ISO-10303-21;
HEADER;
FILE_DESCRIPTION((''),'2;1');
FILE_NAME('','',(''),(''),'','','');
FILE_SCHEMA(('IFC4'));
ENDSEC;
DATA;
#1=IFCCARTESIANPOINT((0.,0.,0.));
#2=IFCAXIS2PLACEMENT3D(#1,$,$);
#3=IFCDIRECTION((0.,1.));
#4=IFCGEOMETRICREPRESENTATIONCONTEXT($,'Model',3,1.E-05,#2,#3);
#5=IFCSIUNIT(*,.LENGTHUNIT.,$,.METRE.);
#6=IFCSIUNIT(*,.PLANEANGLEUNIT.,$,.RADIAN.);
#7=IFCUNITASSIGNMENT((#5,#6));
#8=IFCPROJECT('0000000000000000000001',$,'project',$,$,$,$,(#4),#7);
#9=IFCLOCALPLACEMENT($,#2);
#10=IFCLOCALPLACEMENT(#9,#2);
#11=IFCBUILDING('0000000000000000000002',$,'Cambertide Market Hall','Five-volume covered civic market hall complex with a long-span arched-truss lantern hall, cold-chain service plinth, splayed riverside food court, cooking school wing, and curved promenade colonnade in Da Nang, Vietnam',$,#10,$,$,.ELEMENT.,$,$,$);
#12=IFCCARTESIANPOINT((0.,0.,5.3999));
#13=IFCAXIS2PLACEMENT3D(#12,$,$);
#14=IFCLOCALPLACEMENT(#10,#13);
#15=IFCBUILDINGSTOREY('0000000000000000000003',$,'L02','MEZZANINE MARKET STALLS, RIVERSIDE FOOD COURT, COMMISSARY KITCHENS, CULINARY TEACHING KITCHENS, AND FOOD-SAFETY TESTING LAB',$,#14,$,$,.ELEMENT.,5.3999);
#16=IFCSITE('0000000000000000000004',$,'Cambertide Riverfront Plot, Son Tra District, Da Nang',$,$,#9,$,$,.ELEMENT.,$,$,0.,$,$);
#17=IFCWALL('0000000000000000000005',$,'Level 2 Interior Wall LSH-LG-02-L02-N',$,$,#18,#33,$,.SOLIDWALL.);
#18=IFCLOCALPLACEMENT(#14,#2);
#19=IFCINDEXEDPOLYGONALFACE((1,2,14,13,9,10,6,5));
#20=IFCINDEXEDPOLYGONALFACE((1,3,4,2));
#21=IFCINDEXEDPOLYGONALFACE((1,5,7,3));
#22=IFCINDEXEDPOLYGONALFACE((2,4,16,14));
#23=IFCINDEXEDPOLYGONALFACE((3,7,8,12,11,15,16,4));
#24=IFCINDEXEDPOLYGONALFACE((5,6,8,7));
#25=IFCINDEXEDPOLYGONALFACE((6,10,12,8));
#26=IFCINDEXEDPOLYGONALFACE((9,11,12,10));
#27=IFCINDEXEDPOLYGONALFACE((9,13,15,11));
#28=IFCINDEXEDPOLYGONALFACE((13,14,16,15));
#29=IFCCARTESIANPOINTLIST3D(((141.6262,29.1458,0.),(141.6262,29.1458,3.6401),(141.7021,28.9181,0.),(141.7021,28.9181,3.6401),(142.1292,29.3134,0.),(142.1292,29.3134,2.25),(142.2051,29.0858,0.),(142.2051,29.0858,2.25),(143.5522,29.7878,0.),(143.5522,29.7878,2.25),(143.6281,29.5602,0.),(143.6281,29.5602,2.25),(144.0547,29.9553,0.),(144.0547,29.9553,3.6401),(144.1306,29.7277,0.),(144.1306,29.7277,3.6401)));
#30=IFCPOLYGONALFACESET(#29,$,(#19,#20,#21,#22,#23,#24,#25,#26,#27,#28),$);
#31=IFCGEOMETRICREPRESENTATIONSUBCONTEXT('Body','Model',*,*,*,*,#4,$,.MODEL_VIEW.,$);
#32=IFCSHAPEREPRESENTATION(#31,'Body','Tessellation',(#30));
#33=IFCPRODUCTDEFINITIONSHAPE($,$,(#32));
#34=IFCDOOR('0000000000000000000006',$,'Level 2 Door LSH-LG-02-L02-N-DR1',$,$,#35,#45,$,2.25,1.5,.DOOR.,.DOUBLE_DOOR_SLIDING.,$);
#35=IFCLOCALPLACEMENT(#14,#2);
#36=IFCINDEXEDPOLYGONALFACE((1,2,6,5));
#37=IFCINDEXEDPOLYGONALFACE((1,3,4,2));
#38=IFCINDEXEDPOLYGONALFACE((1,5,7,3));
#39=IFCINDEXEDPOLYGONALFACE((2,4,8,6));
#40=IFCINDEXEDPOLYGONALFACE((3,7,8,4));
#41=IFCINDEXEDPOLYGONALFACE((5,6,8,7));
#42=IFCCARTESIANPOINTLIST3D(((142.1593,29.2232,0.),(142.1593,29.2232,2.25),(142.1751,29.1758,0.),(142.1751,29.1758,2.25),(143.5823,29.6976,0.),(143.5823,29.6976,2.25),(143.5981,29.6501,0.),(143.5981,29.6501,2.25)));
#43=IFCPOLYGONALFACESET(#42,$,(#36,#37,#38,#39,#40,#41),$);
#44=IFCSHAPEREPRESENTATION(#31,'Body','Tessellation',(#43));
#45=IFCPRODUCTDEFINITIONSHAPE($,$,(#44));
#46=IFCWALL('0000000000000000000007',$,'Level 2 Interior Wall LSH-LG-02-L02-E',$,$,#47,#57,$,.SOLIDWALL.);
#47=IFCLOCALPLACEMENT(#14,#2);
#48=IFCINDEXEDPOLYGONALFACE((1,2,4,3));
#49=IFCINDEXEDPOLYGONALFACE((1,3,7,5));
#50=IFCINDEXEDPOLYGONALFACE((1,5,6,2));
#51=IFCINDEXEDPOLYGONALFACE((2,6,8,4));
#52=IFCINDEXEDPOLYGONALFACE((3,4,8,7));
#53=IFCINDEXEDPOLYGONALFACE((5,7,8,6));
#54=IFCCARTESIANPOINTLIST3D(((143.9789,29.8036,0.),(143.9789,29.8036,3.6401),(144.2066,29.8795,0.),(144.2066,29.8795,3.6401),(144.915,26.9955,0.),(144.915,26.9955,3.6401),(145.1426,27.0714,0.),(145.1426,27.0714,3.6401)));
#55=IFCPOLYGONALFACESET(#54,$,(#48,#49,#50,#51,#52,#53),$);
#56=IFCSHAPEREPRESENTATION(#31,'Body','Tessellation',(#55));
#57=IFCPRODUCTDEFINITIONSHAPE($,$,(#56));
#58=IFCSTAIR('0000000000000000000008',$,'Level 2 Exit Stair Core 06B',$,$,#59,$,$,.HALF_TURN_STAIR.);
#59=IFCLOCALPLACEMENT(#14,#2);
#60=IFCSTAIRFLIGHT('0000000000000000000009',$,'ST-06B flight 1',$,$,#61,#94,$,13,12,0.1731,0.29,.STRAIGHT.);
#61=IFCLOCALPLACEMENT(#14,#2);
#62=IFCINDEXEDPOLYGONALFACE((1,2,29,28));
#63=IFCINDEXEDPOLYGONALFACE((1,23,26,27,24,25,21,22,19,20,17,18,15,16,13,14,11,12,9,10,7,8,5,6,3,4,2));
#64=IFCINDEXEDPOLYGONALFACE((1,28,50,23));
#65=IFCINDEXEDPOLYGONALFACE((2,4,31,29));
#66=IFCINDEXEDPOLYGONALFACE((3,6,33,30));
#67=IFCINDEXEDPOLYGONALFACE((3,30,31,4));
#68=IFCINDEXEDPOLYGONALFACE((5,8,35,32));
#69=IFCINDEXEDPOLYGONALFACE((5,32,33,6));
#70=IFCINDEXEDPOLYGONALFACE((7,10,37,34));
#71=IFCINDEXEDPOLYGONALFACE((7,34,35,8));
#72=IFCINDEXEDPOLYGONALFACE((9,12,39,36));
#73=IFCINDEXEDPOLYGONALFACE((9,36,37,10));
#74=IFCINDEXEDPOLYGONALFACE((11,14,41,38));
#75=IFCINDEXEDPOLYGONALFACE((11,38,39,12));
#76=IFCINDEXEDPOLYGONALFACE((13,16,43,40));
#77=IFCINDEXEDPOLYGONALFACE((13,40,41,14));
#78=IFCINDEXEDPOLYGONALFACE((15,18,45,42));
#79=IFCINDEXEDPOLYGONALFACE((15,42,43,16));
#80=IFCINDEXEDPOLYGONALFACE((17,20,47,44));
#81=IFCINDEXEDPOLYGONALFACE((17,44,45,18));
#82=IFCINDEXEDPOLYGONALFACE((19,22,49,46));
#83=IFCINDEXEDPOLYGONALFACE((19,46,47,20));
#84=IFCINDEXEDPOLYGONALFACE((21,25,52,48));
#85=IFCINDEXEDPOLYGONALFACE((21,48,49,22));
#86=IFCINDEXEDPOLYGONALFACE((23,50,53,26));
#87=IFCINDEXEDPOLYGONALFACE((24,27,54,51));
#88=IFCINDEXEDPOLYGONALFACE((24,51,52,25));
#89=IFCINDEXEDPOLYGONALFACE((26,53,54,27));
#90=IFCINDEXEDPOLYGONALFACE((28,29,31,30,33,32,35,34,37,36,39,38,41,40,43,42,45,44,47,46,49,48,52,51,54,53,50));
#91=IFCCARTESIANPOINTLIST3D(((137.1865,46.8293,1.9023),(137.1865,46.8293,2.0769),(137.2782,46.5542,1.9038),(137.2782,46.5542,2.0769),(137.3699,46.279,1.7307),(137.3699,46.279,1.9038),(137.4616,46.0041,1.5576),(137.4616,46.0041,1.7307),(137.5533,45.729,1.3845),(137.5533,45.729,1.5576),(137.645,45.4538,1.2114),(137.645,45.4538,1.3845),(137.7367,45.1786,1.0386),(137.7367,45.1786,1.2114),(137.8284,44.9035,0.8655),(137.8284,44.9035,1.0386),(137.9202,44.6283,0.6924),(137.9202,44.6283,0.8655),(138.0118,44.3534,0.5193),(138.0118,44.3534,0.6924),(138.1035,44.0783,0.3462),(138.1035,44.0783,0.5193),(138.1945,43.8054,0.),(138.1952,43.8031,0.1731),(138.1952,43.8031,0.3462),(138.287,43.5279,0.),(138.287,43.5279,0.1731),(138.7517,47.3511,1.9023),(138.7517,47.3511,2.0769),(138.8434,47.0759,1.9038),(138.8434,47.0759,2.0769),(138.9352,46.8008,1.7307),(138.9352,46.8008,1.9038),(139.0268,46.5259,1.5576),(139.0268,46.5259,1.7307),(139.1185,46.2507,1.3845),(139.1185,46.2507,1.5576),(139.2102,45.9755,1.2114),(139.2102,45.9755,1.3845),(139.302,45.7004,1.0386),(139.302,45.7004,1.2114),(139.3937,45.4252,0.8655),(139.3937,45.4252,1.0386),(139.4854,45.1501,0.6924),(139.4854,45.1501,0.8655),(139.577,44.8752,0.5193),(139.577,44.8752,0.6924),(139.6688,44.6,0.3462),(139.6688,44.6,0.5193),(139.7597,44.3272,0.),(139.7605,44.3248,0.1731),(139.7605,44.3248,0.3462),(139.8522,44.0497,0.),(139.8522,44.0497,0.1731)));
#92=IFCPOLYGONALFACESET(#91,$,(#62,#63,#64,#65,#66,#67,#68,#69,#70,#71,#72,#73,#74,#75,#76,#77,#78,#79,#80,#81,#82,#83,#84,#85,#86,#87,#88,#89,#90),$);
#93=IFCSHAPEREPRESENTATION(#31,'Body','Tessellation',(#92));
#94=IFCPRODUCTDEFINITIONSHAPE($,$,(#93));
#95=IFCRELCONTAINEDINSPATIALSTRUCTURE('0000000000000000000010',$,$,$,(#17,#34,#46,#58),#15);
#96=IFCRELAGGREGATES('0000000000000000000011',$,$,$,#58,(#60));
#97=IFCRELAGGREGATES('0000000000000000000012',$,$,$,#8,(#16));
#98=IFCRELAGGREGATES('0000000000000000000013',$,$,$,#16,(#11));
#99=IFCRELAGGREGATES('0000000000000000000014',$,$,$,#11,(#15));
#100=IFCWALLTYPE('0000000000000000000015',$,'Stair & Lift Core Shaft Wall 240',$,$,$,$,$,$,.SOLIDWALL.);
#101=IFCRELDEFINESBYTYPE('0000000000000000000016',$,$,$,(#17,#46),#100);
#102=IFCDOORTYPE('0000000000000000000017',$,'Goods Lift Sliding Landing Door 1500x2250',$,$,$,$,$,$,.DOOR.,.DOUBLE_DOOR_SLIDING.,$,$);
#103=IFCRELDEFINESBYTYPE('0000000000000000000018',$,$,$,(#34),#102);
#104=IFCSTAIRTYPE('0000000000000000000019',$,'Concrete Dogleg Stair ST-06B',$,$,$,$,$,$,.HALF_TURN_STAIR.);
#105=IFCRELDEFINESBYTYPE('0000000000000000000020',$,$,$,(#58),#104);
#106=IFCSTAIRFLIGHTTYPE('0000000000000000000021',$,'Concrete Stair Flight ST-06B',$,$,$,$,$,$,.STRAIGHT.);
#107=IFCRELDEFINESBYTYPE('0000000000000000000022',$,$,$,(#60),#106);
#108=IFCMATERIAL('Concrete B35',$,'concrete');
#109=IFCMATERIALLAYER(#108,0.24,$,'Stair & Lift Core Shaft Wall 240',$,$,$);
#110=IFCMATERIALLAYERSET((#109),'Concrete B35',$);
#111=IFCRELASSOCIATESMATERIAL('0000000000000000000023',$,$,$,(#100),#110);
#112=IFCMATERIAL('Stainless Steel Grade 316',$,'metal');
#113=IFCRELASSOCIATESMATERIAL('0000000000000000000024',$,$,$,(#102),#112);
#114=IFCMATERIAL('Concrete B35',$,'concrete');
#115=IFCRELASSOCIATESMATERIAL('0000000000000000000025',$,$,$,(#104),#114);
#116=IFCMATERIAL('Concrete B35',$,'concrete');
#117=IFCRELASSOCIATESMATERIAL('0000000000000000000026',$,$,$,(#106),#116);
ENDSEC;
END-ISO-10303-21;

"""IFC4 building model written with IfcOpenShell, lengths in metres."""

from ifc_helpers import new_model, si_unit, direction, frame, frame_2d, origin, place, context, subcontext, project, spatial, polyline, rectangle, outline, extrude, material, layer, layer_set, type_object, element, fill, aggregate, save


model = new_model("IFC4")

# Units and contexts
model_context = context("Model", 3, precision=1e-05, world=origin(), true_north=direction((0.0, 1.0)))
body_context = subcontext(model_context, "Body", "Model", "MODEL_VIEW")
ifc_project = project(units=[si_unit("LENGTHUNIT", "METRE"), si_unit("PLANEANGLEUNIT", "RADIAN")], contexts=[model_context])

# Site, building, storey
site_placement = place(None, origin())
site = spatial("IfcSite", under=ifc_project, at=site_placement, Name="Cambertide Riverfront Plot, Son Tra District, Da Nang", CompositionType="ELEMENT", RefElevation=0.0)
building_placement = place(site_placement, origin())
building = spatial("IfcBuilding", under=site, at=building_placement, Name="Cambertide Market Hall", Description="Five-volume covered civic market hall complex with a long-span arched-truss lantern hall, cold-chain service plinth, splayed riverside food court, cooking school wing, and curved promenade colonnade in Da Nang, Vietnam", CompositionType="ELEMENT")
storey_placement = place(building_placement, frame((0.0, 0.0, 5.3999)))
storey = spatial("IfcBuildingStorey", under=building, at=storey_placement, Name="L02", Description="MEZZANINE MARKET STALLS, RIVERSIDE FOOD COURT, COMMISSARY KITCHENS, CULINARY TEACHING KITCHENS, AND FOOD-SAFETY TESTING LAB", CompositionType="ELEMENT", Elevation=5.3999)

# Wall, opening, door
ifc_material_1 = material(Name="Concrete B35", Category="concrete")
ifc_layer_1 = layer(ifc_material_1, 0.24, Name="Stair & Lift Core Shaft Wall 240")
ifc_layer_set_1 = layer_set([ifc_layer_1], Name="Concrete B35")
wall_type_1 = type_object("IfcWallType", Name="Stair & Lift Core Shaft Wall 240", PredefinedType="SOLIDWALL", material=ifc_layer_set_1)
wall_1_placement = place(storey_placement, frame((141.6643, 29.032, 0.0), z_axis=(0.0, 0.0, 1.0), x_axis=(0.948674, 0.316256, 0.0)))
wall_1 = element("IfcWall", 1, at=wall_1_placement, inside=storey, type_object=wall_type_1, Name="Level 2 Interior Wall LSH-LG-02-L02-N", PredefinedType="SOLIDWALL", context=body_context, shape_type="SweptSolid", body=[
    extrude(rectangle(XDim=2.5598, YDim=0.24, at=frame_2d((1.2798, 0.0))), origin(), (0.0, 0.0, 1.0), 3.6401),
])
opening_1_placement = place(wall_1_placement, frame((0.53, 0.0, 0.0)))
opening_1 = element("IfcOpeningElement", 2, at=opening_1_placement, cuts=wall_1, PredefinedType="OPENING", context=body_context, shape_type="SweptSolid", body=[
    extrude(rectangle(XDim=1.5, YDim=2.25, at=frame_2d((0.75, 1.125))), frame((0.0, 0.1299, 0.0), z_axis=(0.0, -1.0, 0.0), x_axis=(1.0, 0.0, 0.0)), (0.0, 0.0, 1.0), 0.26),
])
ifc_material_2 = material(Name="Stainless Steel Grade 316", Category="metal")
door_type_1 = type_object("IfcDoorType", Name="Goods Lift Sliding Landing Door 1500x2250", OperationType="DOUBLE_DOOR_SLIDING", PredefinedType="DOOR", material=ifc_material_2)
door_1_placement = place(opening_1_placement, origin())
door_1 = element("IfcDoor", 3, at=door_1_placement, inside=storey, type_object=door_type_1, Name="Level 2 Door LSH-LG-02-L02-N-DR1", OperationType="DOUBLE_DOOR_SLIDING", OverallHeight=2.25, OverallWidth=1.5, PredefinedType="DOOR", context=body_context, shape_type="SweptSolid", body=[
    extrude(rectangle(XDim=1.5, YDim=2.25, at=frame_2d((0.75, 1.125))), frame((0.0, 0.0249, 0.0), z_axis=(0.0, -1.0, 0.0), x_axis=(1.0, 0.0, 0.0)), (0.0, 0.0, 1.0), 0.05),
])
fill(opening_1, door_1)

# Wall
wall_2_placement = place(storey_placement, frame((144.0928, 29.8416, 0.0), z_axis=(0.0, 0.0, 1.0), x_axis=(0.316228, -0.948683, 0.0)))
element("IfcWall", 4, at=wall_2_placement, inside=storey, type_object=wall_type_1, Name="Level 2 Interior Wall LSH-LG-02-L02-E", PredefinedType="SOLIDWALL", context=body_context, shape_type="SweptSolid", body=[
    extrude(rectangle(XDim=2.96, YDim=0.24, at=frame_2d((1.48, 0.0))), origin(), (0.0, 0.0, 1.0), 3.6401),
])

# Stair, stair flight
ifc_material_3 = material(Name="Concrete B35", Category="concrete")
stair_type = type_object("IfcStairType", Name="Concrete Dogleg Stair ST-06B", PredefinedType="HALF_TURN_STAIR", material=ifc_material_3)
stair_placement = place(storey_placement, origin())
stair = element("IfcStair", 5, at=stair_placement, inside=storey, type_object=stair_type, Name="Level 2 Exit Stair Core 06B", PredefinedType="HALF_TURN_STAIR")
ifc_material_4 = material(Name="Concrete B35", Category="concrete")
stair_flight_type = type_object("IfcStairFlightType", Name="Concrete Stair Flight ST-06B", PredefinedType="STRAIGHT", material=ifc_material_4)
stair_flight_placement = place(storey_placement, frame((139.0696, 43.7888, 0.0), z_axis=(0.0, 0.0, 1.0), x_axis=(-0.316228, 0.948683, 0.0)))
stair_flight = element("IfcStairFlight", 6, at=stair_flight_placement, type_object=stair_flight_type, Name="ST-06B flight 1", NumberOfRisers=13, NumberOfTreads=12, PredefinedType="STRAIGHT", RiserHeight=0.1731, TreadLength=0.29, context=body_context, shape_type="SweptSolid", body=[
    extrude(outline(polyline([(0.0, 0.0), (0.0, 0.1731), (0.29, 0.1731), (0.29, 0.3462), (0.5801, 0.3462), (0.5801, 0.5193), (0.8701, 0.5193), (0.8701, 0.6924), (1.1599, 0.6924), (1.1599, 0.8655), (1.45, 0.8655), (1.45, 1.0386), (1.74, 1.0386), (1.74, 1.2114), (2.03, 1.2114), (2.03, 1.3845), (2.3201, 1.3845), (2.3201, 1.5576), (2.6101, 1.5576), (2.6101, 1.7307), (2.8999, 1.7307), (2.8999, 1.9038), (3.1899, 1.9038), (3.1899, 2.0769), (3.48, 2.0769), (3.48, 2.25), (3.48, 1.9023), (0.2925, 0.0), (0.0, 0.0)])), frame((0.0, 0.825, 0.0), z_axis=(0.0, -1.0, 0.0), x_axis=(1.0, 0.0, 0.0)), (0.0, 0.0, 1.0), 1.6499),
])
aggregate(stair, [stair_flight])

save(model, "model.ifc")
